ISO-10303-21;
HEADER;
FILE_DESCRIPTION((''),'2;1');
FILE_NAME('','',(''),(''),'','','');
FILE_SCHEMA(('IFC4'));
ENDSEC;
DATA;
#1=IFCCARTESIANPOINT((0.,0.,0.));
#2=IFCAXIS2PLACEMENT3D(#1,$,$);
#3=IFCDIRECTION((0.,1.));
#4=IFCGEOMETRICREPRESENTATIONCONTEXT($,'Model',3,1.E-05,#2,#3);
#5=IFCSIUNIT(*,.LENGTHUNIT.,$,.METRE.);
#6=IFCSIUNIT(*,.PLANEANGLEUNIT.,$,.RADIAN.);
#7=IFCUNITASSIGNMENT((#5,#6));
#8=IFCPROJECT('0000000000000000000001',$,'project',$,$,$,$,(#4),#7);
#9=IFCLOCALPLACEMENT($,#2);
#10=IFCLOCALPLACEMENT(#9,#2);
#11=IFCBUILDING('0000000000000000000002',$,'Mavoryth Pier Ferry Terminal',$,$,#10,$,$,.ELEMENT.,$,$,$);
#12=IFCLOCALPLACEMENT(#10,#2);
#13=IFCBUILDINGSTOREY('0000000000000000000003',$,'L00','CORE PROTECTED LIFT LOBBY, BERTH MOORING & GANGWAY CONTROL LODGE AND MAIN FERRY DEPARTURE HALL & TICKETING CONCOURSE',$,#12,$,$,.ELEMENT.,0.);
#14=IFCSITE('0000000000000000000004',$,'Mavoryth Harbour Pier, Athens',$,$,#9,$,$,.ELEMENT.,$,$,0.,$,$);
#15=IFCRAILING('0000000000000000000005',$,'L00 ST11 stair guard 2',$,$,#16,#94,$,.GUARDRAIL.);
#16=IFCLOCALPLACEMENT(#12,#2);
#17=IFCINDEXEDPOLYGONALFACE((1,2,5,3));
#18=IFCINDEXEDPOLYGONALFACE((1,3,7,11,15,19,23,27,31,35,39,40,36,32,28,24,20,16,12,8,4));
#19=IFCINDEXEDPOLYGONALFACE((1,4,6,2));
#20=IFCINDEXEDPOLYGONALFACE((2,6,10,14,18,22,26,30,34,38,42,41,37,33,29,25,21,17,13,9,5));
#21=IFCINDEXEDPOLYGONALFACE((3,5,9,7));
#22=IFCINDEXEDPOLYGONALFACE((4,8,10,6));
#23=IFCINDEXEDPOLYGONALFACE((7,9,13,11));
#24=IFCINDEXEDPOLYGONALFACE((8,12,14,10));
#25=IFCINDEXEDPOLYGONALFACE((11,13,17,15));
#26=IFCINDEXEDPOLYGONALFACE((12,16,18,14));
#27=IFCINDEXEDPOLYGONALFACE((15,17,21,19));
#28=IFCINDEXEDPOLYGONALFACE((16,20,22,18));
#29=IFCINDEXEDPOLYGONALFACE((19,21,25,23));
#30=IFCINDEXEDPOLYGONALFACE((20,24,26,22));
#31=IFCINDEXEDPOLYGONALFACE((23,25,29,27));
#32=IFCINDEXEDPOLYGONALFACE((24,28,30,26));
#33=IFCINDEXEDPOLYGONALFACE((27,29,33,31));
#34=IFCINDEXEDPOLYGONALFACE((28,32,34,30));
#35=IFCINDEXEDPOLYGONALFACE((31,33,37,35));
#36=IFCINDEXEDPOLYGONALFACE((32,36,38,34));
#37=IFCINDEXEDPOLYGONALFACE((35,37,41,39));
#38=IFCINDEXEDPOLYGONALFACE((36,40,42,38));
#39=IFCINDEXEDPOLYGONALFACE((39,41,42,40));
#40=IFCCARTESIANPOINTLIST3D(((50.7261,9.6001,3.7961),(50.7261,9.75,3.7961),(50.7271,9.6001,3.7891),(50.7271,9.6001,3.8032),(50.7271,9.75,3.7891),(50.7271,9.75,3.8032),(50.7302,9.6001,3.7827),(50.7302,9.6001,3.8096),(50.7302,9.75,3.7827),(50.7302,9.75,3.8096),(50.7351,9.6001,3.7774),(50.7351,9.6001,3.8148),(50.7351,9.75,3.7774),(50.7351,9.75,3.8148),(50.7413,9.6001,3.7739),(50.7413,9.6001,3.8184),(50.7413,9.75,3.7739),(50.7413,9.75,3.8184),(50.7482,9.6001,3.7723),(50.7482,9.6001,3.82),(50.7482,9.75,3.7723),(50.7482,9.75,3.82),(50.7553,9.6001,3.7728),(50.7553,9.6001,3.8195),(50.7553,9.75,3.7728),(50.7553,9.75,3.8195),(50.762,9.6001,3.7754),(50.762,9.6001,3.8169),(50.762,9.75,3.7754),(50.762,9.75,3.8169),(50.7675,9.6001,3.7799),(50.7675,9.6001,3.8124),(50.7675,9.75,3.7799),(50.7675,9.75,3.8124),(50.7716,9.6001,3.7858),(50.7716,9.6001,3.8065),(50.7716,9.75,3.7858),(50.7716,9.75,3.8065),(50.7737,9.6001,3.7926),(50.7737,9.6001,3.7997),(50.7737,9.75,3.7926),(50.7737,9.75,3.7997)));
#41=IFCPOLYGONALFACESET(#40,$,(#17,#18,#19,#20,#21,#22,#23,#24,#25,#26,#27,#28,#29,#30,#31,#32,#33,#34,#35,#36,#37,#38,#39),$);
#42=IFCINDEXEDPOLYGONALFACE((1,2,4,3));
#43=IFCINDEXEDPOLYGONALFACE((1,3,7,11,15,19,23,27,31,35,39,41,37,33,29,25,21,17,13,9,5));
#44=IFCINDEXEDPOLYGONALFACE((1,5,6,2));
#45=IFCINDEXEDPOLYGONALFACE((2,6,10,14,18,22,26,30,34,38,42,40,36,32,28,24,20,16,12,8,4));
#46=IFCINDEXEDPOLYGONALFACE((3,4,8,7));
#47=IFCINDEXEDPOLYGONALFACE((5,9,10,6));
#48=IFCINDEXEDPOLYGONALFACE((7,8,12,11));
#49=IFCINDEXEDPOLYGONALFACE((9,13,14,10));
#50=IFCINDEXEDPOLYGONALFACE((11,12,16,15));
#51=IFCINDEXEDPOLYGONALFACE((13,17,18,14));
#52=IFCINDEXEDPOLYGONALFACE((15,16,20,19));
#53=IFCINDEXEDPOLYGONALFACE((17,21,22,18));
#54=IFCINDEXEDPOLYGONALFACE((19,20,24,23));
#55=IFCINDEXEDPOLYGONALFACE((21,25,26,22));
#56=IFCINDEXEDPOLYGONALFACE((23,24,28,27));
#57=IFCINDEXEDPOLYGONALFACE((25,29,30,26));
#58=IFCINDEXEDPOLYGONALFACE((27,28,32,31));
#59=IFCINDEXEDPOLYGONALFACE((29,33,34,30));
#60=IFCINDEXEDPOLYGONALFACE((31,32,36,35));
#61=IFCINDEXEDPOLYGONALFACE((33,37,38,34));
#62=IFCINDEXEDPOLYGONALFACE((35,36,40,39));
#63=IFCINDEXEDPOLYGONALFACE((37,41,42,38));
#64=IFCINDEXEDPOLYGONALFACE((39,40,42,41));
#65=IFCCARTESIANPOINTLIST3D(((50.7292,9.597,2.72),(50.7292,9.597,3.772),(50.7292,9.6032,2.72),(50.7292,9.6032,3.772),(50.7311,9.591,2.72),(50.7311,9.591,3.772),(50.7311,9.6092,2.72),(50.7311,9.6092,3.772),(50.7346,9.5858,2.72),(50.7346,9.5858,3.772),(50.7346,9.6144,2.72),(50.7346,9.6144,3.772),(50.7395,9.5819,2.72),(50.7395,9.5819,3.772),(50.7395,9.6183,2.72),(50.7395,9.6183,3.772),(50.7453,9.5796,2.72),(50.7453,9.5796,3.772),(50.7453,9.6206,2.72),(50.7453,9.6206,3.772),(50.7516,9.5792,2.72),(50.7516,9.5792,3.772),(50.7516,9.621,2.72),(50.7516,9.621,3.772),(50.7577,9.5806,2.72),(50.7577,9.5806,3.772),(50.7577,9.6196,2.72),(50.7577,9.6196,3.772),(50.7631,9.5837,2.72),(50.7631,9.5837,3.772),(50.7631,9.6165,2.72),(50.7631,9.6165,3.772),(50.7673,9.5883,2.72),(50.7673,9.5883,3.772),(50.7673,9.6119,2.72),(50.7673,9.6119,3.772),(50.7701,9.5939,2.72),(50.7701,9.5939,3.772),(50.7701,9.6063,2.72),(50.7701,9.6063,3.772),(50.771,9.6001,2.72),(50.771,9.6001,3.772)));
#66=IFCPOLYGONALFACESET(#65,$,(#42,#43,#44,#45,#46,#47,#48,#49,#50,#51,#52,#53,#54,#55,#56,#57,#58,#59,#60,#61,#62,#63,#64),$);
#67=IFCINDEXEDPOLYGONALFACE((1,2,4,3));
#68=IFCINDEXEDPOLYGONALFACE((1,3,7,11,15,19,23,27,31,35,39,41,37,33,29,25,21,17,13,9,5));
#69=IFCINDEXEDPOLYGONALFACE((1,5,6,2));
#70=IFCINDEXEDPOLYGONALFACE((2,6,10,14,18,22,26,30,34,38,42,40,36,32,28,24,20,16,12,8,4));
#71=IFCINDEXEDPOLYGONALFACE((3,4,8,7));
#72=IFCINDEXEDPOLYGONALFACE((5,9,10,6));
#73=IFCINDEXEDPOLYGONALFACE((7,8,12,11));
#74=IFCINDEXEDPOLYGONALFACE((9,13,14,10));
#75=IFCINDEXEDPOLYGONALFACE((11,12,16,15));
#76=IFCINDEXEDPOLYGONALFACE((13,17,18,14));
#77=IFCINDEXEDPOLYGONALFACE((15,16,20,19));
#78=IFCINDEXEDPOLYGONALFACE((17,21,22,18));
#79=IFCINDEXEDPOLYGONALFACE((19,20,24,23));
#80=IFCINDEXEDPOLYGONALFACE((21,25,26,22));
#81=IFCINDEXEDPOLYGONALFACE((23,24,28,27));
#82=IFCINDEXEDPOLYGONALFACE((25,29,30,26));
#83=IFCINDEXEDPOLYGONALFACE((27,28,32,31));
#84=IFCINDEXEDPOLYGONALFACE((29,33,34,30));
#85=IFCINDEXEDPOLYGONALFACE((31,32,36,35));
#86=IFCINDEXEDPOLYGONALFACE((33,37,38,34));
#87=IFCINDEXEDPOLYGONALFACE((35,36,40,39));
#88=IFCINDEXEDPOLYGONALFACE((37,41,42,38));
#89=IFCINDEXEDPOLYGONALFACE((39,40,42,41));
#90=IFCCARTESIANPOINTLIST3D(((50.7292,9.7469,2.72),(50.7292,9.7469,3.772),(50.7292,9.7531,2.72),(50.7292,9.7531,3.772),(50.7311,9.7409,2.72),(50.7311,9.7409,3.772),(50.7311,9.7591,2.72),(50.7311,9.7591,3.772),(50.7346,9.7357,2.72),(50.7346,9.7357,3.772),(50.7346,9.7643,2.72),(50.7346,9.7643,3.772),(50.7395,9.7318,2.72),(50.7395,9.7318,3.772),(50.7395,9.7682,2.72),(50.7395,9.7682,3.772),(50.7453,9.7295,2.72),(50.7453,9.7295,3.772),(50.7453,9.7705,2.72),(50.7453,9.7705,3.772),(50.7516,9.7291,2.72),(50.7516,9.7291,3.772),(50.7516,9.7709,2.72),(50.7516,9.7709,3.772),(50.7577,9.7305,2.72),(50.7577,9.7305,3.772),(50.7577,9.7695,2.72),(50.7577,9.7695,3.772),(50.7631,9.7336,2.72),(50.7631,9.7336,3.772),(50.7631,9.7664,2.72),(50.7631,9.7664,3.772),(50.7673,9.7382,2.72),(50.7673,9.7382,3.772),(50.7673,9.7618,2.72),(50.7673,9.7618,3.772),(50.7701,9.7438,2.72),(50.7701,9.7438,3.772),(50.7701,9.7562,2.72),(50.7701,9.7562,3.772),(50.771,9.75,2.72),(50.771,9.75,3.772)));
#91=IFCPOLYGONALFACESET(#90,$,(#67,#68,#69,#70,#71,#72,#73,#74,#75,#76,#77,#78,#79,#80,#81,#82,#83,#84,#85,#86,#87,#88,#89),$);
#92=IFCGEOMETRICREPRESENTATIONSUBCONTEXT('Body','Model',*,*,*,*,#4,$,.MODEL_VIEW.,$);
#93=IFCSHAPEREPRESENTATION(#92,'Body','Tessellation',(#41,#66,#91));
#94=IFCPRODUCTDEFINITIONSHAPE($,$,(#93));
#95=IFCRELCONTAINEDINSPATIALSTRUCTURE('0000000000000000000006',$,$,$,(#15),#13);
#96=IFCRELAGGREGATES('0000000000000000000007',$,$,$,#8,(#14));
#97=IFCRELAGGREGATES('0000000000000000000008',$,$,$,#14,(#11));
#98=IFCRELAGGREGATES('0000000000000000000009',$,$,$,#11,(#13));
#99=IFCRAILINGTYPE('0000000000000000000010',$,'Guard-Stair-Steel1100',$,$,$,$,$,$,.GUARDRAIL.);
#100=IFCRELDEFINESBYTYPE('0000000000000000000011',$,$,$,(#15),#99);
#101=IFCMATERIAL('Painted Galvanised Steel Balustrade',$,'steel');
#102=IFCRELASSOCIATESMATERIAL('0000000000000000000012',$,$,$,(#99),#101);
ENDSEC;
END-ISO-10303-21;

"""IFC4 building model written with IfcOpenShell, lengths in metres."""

from ifc_helpers import new_model, si_unit, direction, frame, origin, origin_2d, place, context, subcontext, project, spatial, circle, extrude, material, type_object, element, save


model = new_model("IFC4")

# Units and contexts
model_context = context("Model", 3, precision=1e-05, world=origin(), true_north=direction((0.0, 1.0)))
body_context = subcontext(model_context, "Body", "Model", "MODEL_VIEW")
ifc_project = project(units=[si_unit("LENGTHUNIT", "METRE"), si_unit("PLANEANGLEUNIT", "RADIAN")], contexts=[model_context])

# Site, building, storey
site_placement = place(None, origin())
site = spatial("IfcSite", under=ifc_project, at=site_placement, Name="Mavoryth Harbour Pier, Athens", CompositionType="ELEMENT", RefElevation=0.0)
building_placement = place(site_placement, origin())
building = spatial("IfcBuilding", under=site, at=building_placement, Name="Mavoryth Pier Ferry Terminal", CompositionType="ELEMENT")
storey_placement = place(building_placement, origin())
storey = spatial("IfcBuildingStorey", under=building, at=storey_placement, Name="L00", Description="CORE PROTECTED LIFT LOBBY, BERTH MOORING & GANGWAY CONTROL LODGE AND MAIN FERRY DEPARTURE HALL & TICKETING CONCOURSE", CompositionType="ELEMENT", Elevation=0.0)

# Railing
ifc_material_1 = material(Name="Painted Galvanised Steel Balustrade", Category="steel")
railing_type_1 = type_object("IfcRailingType", Name="Guard-Stair-Steel1100", PredefinedType="GUARDRAIL", material=ifc_material_1)
railing_1_placement = place(storey_placement, frame((50.75, 9.6001, 2.72)))
element("IfcRailing", 1, at=railing_1_placement, inside=storey, type_object=railing_type_1, Name="L00 ST11 stair guard 2", PredefinedType="GUARDRAIL", context=body_context, shape_type="SweptSolid", body=[
    extrude(circle(Radius=0.0239, at=origin_2d()), frame((0.0, 0.0, 1.0762), z_axis=(0.0, 1.0, 0.0), x_axis=(-1.0, 0.0, 0.0)), (0.0, 0.0, 1.0), 0.1499),
    extrude(circle(Radius=0.021, at=origin_2d()), origin(), (0.0, 0.0, 1.0), 1.052),
    extrude(circle(Radius=0.021, at=origin_2d()), frame((0.0, 0.1499, 0.0)), (0.0, 0.0, 1.0), 1.052),
])

save(model, "model.ifc")
